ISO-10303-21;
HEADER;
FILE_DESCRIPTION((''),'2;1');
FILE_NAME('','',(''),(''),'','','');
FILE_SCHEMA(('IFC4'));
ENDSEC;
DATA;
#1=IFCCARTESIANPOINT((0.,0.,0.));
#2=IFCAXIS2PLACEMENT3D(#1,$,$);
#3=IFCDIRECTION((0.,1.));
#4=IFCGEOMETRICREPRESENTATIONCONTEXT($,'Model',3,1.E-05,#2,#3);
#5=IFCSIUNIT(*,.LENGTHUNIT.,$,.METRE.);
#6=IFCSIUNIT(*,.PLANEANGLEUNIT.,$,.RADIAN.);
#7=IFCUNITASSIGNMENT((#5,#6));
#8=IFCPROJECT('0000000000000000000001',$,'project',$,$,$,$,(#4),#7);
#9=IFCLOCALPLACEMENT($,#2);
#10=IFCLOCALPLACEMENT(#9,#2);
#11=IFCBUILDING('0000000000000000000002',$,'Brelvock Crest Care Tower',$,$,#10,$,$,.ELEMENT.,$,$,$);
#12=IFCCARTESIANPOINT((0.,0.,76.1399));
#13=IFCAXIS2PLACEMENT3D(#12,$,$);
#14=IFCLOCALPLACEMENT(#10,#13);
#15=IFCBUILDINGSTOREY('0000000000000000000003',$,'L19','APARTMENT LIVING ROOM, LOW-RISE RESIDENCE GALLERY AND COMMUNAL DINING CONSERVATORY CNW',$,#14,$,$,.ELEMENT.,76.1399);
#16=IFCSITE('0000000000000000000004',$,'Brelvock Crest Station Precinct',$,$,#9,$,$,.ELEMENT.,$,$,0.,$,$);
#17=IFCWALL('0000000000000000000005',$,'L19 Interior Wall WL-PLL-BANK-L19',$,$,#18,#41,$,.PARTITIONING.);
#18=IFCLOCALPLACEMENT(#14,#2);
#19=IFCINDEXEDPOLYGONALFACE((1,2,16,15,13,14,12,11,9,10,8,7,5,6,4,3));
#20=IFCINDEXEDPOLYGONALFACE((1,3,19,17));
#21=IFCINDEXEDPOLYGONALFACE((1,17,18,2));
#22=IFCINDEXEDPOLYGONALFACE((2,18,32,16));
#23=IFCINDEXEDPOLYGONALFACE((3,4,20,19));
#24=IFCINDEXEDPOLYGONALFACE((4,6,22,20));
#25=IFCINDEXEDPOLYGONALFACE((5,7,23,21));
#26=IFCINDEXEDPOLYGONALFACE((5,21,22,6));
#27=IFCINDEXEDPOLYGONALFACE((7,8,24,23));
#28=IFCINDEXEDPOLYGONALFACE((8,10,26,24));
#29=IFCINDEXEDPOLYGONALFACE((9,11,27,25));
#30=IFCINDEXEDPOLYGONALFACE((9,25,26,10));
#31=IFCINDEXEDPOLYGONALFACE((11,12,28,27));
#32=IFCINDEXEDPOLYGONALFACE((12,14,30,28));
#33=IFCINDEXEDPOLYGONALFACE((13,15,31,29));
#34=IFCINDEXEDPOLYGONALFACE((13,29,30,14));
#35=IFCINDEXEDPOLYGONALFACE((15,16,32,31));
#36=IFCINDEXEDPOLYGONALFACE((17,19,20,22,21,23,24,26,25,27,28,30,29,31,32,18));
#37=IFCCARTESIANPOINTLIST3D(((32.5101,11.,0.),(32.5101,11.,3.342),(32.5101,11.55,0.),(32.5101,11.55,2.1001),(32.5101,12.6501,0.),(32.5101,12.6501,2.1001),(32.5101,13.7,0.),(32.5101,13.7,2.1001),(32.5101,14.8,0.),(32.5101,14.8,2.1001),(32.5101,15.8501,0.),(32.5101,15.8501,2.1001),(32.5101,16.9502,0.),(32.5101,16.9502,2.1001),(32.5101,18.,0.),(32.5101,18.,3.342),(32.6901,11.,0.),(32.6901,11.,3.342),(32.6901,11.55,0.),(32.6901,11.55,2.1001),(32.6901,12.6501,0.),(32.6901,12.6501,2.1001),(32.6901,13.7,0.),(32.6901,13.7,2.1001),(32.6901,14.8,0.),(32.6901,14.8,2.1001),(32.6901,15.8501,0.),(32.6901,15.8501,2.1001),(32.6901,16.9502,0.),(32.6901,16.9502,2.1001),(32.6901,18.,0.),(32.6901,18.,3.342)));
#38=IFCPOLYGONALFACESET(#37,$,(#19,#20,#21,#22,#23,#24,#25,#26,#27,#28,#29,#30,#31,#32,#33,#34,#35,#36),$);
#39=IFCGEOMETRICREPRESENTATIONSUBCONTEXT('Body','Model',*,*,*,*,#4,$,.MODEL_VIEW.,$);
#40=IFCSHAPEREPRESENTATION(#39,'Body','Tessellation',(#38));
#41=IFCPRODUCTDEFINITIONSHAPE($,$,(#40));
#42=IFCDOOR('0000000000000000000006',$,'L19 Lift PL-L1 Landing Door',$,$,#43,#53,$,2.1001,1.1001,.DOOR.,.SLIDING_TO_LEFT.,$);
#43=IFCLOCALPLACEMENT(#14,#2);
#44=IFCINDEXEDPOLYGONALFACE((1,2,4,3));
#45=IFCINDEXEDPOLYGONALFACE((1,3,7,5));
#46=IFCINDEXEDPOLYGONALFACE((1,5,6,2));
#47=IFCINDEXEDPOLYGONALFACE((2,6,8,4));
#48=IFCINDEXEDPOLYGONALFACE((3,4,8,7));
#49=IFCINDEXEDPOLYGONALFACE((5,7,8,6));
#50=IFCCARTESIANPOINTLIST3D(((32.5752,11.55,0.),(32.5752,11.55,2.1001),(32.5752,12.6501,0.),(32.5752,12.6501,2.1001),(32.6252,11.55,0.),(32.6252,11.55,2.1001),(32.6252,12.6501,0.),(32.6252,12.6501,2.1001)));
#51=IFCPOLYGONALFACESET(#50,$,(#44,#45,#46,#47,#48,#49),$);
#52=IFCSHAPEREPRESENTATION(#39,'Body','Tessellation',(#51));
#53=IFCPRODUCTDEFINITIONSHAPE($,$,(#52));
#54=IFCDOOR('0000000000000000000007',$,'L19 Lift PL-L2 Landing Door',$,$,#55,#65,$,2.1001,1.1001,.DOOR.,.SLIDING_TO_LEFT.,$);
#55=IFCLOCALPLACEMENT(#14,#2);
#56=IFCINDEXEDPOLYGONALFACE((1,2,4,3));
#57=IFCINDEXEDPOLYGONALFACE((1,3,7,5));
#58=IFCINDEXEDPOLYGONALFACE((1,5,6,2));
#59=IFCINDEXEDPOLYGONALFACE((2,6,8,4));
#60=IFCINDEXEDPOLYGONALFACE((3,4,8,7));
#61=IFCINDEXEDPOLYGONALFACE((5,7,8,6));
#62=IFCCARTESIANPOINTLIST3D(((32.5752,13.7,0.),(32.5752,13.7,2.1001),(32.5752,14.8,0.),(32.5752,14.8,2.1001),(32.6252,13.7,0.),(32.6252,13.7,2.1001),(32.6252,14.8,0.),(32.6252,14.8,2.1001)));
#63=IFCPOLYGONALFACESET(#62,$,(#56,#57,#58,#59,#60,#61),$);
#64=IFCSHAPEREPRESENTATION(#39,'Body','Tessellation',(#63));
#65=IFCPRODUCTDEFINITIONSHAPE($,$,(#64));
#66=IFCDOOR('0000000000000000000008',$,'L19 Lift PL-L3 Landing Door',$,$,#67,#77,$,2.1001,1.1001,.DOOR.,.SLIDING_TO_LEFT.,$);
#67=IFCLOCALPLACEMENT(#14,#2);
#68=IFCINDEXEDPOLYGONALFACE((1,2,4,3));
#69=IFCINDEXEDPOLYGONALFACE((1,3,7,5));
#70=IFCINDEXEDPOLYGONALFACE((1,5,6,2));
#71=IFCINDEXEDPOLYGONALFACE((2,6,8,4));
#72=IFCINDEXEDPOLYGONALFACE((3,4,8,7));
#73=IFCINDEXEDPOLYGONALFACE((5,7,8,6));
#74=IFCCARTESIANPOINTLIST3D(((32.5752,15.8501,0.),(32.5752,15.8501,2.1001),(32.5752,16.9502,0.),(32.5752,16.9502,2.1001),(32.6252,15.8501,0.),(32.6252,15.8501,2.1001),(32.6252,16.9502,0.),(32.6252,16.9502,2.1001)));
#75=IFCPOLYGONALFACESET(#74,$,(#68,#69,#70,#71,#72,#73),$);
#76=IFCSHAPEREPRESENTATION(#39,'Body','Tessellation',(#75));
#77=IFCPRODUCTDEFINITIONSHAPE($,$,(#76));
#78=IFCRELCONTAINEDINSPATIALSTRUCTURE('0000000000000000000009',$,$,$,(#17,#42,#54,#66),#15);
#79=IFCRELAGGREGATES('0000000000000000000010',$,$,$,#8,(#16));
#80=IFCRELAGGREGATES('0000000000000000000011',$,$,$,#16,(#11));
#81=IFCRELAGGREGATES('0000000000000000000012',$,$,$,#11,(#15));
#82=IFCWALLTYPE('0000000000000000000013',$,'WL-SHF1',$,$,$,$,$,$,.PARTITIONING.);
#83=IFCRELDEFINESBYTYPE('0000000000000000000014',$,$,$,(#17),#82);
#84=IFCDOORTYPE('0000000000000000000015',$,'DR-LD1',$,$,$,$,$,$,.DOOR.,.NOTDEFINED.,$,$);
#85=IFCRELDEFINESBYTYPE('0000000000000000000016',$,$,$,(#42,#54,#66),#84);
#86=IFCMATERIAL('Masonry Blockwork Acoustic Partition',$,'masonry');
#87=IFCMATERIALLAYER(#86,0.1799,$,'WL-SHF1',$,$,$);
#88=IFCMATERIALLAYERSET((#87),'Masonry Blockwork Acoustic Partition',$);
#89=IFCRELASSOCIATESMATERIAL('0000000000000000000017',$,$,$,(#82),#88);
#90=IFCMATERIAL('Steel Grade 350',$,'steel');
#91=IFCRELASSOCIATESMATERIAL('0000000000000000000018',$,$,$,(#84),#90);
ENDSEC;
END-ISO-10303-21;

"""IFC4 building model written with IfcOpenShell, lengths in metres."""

from ifc_helpers import new_model, si_unit, direction, frame, frame_2d, origin, origin_2d, place, context, subcontext, project, spatial, rectangle, extrude, source, transform, mapped, material, layer, layer_set, type_object, element, fill, save


model = new_model("IFC4")

# Units and contexts
model_context = context("Model", 3, precision=1e-05, world=origin(), true_north=direction((0.0, 1.0)))
body_context = subcontext(model_context, "Body", "Model", "MODEL_VIEW")
ifc_project = project(units=[si_unit("LENGTHUNIT", "METRE"), si_unit("PLANEANGLEUNIT", "RADIAN")], contexts=[model_context])

# Site, building, storey
site_placement = place(None, origin())
site = spatial("IfcSite", under=ifc_project, at=site_placement, Name="Brelvock Crest Station Precinct", CompositionType="ELEMENT", RefElevation=0.0)
building_placement = place(site_placement, origin())
building = spatial("IfcBuilding", under=site, at=building_placement, Name="Brelvock Crest Care Tower", CompositionType="ELEMENT")
storey_placement = place(building_placement, frame((0.0, 0.0, 76.1399)))
storey = spatial("IfcBuildingStorey", under=building, at=storey_placement, Name="L19", Description="APARTMENT LIVING ROOM, LOW-RISE RESIDENCE GALLERY AND COMMUNAL DINING CONSERVATORY CNW", CompositionType="ELEMENT", Elevation=76.1399)

# Shared definitions
ifc_material_1 = material(Name="Steel Grade 350", Category="steel")

# Shared definitions
ifc_material_2 = material(Name="Masonry Blockwork Acoustic Partition", Category="masonry")

# Shared definitions
ifc_layer_1 = layer(ifc_material_2, 0.1799, Name="WL-SHF1")
ifc_layer_set_1 = layer_set([ifc_layer_1], Name="Masonry Blockwork Acoustic Partition")
wall_type_1 = type_object("IfcWallType", Name="WL-SHF1", PredefinedType="PARTITIONING", material=ifc_layer_set_1)

# Shared definitions
door_type_1 = type_object("IfcDoorType", Name="DR-LD1", OperationType="NOTDEFINED", PredefinedType="DOOR", material=ifc_material_1)
shared_shape_1 = source(origin(), body_context, "Body", "SweptSolid", [
    extrude(rectangle(XDim=1.1001, YDim=2.1001, at=origin_2d()), frame((0.55, 0.0249, 1.05), z_axis=(0.0, -1.0, 0.0), x_axis=(1.0, 0.0, 0.0)), (0.0, 0.0, 1.0), 0.05),
])

# Wall, openings, doors
wall_1_placement = place(storey_placement, frame((32.6001, 11.0, 0.0), z_axis=(0.0, 0.0, 1.0), x_axis=(0.0, 1.0, 0.0)))
wall_1 = element("IfcWall", 1, at=wall_1_placement, inside=storey, type_object=wall_type_1, Name="L19 Interior Wall WL-PLL-BANK-L19", PredefinedType="PARTITIONING", context=body_context, shape_type="SweptSolid", body=[
    extrude(rectangle(XDim=7.0, YDim=0.1799, at=frame_2d((3.5, 0.0))), origin(), (0.0, 0.0, 1.0), 3.342),
])
opening_1_placement = place(wall_1_placement, frame((0.55, 0.0, 0.0)))
opening_1 = element("IfcOpeningElement", 2, at=opening_1_placement, cuts=wall_1, PredefinedType="OPENING", context=body_context, shape_type="SweptSolid", body=[
    extrude(rectangle(XDim=1.1001, YDim=2.1001, at=origin_2d()), frame((0.55, 0.1001, 1.05), z_axis=(0.0, -1.0, 0.0), x_axis=(1.0, 0.0, 0.0)), (0.0, 0.0, 1.0), 0.2),
])
opening_2_placement = place(wall_1_placement, frame((2.7, 0.0, 0.0)))
opening_2 = element("IfcOpeningElement", 3, at=opening_2_placement, cuts=wall_1, PredefinedType="OPENING", context=body_context, shape_type="SweptSolid", body=[
    extrude(rectangle(XDim=1.1001, YDim=2.1001, at=origin_2d()), frame((0.55, 0.1001, 1.05), z_axis=(0.0, -1.0, 0.0), x_axis=(1.0, 0.0, 0.0)), (0.0, 0.0, 1.0), 0.2),
])
opening_3_placement = place(wall_1_placement, frame((4.8501, 0.0, 0.0)))
opening_3 = element("IfcOpeningElement", 4, at=opening_3_placement, cuts=wall_1, PredefinedType="OPENING", context=body_context, shape_type="SweptSolid", body=[
    extrude(rectangle(XDim=1.1001, YDim=2.1001, at=origin_2d()), frame((0.55, 0.1001, 1.05), z_axis=(0.0, -1.0, 0.0), x_axis=(1.0, 0.0, 0.0)), (0.0, 0.0, 1.0), 0.2),
])
door_1_placement = place(opening_1_placement, origin())
door_1 = element("IfcDoor", 5, at=door_1_placement, inside=storey, type_object=door_type_1, Name="L19 Lift PL-L1 Landing Door", OperationType="SLIDING_TO_LEFT", OverallHeight=2.1001, OverallWidth=1.1001, PredefinedType="DOOR", context=body_context, shape_type="MappedRepresentation", body=[
    mapped(shared_shape_1, transform((0.0, 0.0, 0.0), x_axis=(1.0, 0.0, 0.0), y_axis=(0.0, 1.0, 0.0), z_axis=(0.0, 0.0, 1.0), scale=1.0)),
])
fill(opening_1, door_1)
door_2_placement = place(opening_2_placement, origin())
door_2 = element("IfcDoor", 6, at=door_2_placement, inside=storey, type_object=door_type_1, Name="L19 Lift PL-L2 Landing Door", OperationType="SLIDING_TO_LEFT", OverallHeight=2.1001, OverallWidth=1.1001, PredefinedType="DOOR", context=body_context, shape_type="MappedRepresentation", body=[
    mapped(shared_shape_1, transform((0.0, 0.0, 0.0), x_axis=(1.0, 0.0, 0.0), y_axis=(0.0, 1.0, 0.0), z_axis=(0.0, 0.0, 1.0), scale=1.0)),
])
fill(opening_2, door_2)
door_3_placement = place(opening_3_placement, origin())
door_3 = element("IfcDoor", 7, at=door_3_placement, inside=storey, type_object=door_type_1, Name="L19 Lift PL-L3 Landing Door", OperationType="SLIDING_TO_LEFT", OverallHeight=2.1001, OverallWidth=1.1001, PredefinedType="DOOR", context=body_context, shape_type="MappedRepresentation", body=[
    mapped(shared_shape_1, transform((0.0, 0.0, 0.0), x_axis=(1.0, 0.0, 0.0), y_axis=(0.0, 1.0, 0.0), z_axis=(0.0, 0.0, 1.0), scale=1.0)),
])
fill(opening_3, door_3)

save(model, "model.ifc")
